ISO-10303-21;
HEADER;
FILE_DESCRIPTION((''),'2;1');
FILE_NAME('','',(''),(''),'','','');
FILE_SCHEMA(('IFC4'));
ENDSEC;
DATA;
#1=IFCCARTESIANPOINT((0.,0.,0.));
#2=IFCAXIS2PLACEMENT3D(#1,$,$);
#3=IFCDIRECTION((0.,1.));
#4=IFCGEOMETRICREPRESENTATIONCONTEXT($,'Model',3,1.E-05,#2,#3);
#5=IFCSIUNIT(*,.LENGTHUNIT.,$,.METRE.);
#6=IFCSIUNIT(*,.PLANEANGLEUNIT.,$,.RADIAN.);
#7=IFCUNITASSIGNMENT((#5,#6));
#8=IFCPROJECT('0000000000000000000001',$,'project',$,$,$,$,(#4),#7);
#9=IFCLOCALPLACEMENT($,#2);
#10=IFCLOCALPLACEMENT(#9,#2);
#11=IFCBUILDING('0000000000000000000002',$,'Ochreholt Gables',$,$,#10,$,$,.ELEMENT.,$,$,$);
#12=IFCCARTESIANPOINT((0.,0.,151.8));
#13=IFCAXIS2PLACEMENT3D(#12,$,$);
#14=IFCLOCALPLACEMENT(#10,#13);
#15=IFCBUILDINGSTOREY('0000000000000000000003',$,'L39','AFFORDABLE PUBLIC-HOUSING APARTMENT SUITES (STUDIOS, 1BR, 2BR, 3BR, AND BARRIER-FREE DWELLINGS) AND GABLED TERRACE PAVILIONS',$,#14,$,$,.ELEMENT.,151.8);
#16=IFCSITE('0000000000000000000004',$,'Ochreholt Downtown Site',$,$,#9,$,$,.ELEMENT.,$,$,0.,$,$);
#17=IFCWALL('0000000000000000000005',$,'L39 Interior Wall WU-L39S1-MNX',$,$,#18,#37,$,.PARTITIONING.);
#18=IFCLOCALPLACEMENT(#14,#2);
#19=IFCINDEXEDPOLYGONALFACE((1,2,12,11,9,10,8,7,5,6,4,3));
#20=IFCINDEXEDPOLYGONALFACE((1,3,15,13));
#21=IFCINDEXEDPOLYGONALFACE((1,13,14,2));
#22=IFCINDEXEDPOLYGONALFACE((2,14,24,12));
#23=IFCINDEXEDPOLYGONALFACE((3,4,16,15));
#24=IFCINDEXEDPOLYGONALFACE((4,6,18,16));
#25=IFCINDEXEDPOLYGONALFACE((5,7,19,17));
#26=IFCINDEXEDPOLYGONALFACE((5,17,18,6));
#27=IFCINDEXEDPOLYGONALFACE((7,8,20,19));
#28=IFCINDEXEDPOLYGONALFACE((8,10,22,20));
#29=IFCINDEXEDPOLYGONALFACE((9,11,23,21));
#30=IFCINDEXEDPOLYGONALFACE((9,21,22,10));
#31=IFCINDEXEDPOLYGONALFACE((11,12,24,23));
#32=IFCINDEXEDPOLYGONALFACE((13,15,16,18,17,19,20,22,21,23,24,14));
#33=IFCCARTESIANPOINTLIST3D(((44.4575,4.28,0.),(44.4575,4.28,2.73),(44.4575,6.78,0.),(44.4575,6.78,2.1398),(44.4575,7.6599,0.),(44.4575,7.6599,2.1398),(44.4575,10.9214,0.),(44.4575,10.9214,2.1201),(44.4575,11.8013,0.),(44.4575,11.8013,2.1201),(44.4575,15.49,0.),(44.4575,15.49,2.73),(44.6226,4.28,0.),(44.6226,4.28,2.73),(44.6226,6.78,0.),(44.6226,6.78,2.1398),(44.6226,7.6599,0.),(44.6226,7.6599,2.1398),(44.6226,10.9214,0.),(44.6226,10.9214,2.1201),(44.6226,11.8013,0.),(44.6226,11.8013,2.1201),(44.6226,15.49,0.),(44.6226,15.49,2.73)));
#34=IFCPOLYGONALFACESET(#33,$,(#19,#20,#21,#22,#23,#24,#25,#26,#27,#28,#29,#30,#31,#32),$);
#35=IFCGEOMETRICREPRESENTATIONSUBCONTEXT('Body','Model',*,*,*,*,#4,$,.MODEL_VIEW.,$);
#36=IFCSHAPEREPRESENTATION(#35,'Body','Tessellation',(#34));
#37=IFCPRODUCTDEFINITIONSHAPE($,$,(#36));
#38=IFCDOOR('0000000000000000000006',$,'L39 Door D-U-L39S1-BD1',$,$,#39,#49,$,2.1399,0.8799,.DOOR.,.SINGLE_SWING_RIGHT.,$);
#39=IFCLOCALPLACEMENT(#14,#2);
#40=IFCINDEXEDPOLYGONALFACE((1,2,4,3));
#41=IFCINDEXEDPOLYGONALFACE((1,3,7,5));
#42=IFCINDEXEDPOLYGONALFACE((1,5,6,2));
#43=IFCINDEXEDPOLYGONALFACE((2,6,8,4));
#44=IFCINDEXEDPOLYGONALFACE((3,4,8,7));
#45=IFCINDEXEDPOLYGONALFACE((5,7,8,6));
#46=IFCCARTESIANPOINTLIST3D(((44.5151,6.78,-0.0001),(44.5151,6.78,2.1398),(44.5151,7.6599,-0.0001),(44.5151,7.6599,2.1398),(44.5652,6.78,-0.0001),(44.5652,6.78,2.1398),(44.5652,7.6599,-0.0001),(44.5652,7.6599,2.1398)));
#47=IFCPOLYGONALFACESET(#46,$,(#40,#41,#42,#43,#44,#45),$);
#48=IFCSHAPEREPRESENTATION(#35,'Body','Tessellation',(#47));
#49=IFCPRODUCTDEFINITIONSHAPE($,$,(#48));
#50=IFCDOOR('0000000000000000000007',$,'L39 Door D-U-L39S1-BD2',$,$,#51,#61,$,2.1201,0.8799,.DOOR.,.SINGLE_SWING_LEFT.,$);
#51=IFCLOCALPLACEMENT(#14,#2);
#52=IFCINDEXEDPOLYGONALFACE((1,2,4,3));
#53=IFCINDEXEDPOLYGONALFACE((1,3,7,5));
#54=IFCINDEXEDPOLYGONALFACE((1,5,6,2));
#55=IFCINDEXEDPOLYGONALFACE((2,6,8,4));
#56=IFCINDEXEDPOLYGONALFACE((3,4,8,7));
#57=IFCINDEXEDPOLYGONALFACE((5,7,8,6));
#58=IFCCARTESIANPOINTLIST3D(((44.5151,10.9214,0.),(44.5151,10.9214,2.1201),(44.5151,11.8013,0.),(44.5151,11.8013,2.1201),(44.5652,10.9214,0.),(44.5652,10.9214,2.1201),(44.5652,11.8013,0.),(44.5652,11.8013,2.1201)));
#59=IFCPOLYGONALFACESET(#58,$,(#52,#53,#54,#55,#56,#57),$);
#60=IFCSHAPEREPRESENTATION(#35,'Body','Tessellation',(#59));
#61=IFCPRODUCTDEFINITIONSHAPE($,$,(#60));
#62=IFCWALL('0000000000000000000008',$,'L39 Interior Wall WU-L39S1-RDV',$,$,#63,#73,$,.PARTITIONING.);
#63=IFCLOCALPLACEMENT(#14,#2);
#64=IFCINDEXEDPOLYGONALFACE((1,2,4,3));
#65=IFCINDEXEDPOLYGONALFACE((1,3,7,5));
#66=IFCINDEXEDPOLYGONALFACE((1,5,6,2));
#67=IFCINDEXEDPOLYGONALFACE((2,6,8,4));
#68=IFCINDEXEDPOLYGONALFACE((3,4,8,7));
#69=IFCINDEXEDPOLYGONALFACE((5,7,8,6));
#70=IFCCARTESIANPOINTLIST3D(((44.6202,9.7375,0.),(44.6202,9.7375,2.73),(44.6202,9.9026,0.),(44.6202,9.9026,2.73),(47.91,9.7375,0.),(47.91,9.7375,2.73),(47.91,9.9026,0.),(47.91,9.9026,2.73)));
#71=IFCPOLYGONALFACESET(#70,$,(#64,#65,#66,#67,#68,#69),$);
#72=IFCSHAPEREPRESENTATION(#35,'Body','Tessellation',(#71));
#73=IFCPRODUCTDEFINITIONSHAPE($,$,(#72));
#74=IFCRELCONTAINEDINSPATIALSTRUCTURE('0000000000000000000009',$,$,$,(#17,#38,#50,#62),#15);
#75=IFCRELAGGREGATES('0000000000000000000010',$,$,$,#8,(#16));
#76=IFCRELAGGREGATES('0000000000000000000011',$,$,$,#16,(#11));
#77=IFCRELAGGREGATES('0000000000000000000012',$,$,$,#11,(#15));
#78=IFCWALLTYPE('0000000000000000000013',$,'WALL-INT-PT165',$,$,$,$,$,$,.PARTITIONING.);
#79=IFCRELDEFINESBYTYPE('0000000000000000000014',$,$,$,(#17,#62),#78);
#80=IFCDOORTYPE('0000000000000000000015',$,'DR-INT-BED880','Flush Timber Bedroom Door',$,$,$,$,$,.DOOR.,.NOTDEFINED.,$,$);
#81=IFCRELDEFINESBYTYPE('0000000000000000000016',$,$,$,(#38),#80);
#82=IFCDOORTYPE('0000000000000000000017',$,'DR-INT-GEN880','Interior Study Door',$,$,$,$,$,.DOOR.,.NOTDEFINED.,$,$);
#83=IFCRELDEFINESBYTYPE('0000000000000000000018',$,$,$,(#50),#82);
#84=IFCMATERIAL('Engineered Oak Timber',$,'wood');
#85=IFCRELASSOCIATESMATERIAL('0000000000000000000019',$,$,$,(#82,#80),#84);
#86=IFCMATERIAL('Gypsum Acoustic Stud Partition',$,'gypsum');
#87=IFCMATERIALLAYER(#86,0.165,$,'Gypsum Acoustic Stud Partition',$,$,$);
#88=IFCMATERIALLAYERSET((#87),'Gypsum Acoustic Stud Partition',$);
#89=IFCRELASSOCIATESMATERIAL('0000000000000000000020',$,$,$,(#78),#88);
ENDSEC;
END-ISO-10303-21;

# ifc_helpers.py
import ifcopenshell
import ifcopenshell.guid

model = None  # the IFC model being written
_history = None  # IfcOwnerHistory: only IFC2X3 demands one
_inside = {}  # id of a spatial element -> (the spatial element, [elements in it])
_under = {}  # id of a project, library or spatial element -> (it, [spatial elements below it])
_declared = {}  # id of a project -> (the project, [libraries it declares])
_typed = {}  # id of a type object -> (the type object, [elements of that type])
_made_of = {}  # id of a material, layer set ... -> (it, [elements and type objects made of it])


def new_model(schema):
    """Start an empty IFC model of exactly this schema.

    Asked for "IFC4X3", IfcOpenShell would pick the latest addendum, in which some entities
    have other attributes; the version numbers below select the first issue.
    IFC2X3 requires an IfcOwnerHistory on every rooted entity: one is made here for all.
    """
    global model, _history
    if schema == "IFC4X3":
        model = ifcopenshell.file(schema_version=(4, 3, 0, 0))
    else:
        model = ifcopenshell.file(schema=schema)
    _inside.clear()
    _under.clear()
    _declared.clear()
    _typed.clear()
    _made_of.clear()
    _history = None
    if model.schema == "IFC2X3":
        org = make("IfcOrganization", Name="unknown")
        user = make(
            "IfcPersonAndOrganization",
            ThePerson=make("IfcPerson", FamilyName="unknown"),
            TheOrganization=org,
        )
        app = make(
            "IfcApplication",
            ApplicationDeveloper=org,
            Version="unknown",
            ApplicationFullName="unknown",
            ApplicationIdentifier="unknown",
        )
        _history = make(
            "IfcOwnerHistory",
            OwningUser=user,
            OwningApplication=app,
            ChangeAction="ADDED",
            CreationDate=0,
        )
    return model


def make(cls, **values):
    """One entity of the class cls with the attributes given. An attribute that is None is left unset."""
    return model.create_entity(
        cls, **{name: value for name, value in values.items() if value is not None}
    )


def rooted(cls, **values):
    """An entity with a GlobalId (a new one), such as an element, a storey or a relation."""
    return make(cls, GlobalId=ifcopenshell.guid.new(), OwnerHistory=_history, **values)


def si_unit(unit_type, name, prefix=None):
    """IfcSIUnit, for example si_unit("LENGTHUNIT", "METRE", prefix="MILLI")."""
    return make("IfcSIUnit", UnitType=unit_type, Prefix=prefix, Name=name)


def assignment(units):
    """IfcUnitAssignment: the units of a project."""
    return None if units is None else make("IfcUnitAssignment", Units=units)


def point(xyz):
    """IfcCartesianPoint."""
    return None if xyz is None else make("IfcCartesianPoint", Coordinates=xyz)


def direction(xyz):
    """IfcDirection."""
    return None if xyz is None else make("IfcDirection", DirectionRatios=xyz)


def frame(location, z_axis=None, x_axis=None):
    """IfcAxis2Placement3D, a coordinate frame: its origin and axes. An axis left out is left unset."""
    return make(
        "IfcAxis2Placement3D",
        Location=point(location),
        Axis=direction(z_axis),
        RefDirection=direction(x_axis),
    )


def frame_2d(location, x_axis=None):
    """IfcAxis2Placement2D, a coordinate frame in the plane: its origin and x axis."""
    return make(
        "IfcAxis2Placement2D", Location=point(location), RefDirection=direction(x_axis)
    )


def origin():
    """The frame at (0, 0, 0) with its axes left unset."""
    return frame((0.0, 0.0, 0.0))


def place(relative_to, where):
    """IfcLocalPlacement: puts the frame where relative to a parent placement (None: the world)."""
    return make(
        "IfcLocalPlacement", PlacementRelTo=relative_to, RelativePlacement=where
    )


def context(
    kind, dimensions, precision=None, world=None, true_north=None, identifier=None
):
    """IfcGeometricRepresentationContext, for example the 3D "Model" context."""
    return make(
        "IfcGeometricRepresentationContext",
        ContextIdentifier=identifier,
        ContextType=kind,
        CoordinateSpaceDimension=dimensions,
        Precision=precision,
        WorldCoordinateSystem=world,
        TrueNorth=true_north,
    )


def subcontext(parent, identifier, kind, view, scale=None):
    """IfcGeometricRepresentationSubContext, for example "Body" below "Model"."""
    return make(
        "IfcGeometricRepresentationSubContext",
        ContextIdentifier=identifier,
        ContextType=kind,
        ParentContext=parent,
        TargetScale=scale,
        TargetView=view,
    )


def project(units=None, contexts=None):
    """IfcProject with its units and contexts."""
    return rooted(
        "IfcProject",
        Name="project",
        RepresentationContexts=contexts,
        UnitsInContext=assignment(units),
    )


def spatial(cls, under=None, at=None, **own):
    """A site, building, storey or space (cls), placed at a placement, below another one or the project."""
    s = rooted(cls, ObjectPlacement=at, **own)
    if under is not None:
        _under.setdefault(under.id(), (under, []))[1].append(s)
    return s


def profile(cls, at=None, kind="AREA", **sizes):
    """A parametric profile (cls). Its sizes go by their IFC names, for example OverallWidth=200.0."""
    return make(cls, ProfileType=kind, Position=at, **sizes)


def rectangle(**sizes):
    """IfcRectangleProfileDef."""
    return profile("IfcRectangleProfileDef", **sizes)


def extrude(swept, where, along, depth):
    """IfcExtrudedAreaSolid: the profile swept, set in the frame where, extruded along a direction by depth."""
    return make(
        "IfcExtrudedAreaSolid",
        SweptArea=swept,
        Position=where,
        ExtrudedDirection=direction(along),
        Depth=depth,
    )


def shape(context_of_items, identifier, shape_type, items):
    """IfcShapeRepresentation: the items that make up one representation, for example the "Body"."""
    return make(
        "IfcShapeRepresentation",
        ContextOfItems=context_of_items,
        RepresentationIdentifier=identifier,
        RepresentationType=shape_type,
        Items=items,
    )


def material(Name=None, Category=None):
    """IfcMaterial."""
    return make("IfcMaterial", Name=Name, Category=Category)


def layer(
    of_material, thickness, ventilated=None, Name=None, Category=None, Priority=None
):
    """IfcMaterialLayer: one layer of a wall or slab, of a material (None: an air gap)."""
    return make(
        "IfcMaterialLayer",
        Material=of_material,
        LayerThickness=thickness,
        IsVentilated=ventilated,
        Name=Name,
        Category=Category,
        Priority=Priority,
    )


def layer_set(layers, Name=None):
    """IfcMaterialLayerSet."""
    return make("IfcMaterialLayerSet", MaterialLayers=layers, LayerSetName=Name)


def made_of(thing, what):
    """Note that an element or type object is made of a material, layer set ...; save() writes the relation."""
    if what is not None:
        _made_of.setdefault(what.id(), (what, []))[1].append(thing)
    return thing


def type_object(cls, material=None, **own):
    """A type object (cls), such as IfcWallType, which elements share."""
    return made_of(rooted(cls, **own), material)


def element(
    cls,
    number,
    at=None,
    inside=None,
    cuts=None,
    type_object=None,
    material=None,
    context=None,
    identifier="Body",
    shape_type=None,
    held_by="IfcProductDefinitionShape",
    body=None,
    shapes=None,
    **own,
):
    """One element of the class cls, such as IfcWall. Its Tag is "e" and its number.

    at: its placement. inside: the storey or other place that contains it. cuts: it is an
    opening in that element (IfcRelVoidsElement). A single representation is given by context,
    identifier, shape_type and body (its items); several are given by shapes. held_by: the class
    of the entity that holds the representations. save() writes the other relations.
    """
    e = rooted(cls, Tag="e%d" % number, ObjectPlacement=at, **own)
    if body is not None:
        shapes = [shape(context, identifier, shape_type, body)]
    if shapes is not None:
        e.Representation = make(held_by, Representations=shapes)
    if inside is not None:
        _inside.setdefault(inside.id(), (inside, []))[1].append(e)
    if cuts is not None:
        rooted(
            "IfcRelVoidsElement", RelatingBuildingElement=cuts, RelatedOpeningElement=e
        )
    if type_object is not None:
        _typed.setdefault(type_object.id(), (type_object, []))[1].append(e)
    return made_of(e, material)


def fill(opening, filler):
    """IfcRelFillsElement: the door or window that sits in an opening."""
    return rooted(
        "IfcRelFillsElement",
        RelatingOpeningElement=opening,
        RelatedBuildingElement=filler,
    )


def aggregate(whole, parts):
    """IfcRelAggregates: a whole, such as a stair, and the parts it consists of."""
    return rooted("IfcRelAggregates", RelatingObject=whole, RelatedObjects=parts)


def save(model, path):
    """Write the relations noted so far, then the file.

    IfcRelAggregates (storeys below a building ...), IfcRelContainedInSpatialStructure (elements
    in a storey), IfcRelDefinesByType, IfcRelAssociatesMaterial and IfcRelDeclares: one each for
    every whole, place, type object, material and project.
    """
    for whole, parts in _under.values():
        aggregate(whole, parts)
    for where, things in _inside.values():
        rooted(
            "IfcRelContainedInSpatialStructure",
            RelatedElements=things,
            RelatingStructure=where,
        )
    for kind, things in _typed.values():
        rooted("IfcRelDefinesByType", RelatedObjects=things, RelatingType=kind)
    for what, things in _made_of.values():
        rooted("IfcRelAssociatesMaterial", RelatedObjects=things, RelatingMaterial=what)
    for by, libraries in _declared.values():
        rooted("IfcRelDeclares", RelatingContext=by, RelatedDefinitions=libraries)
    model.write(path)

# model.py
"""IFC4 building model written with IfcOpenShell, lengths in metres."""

from ifc_helpers import new_model, si_unit, direction, frame, frame_2d, origin, place, context, subcontext, project, spatial, rectangle, extrude, material, layer, layer_set, type_object, element, fill, save


model = new_model("IFC4")

# Units and contexts
model_context = context("Model", 3, precision=1e-05, world=origin(), true_north=direction((0.0, 1.0)))
body_context = subcontext(model_context, "Body", "Model", "MODEL_VIEW")
ifc_project = project(units=[si_unit("LENGTHUNIT", "METRE"), si_unit("PLANEANGLEUNIT", "RADIAN")], contexts=[model_context])

# Site, building, storey
site_placement = place(None, origin())
site = spatial("IfcSite", under=ifc_project, at=site_placement, Name="Ochreholt Downtown Site", CompositionType="ELEMENT", RefElevation=0.0)
building_placement = place(site_placement, origin())
building = spatial("IfcBuilding", under=site, at=building_placement, Name="Ochreholt Gables", CompositionType="ELEMENT")
storey_placement = place(building_placement, frame((0.0, 0.0, 151.8)))
storey = spatial("IfcBuildingStorey", under=building, at=storey_placement, Name="L39", Description="AFFORDABLE PUBLIC-HOUSING APARTMENT SUITES (STUDIOS, 1BR, 2BR, 3BR, AND BARRIER-FREE DWELLINGS) AND GABLED TERRACE PAVILIONS", CompositionType="ELEMENT", Elevation=151.8)

# Shared definitions
ifc_material_1 = material(Name="Engineered Oak Timber", Category="wood")
door_type_1 = type_object("IfcDoorType", Name="DR-INT-GEN880", Description="Interior Study Door", OperationType="NOTDEFINED", PredefinedType="DOOR", material=ifc_material_1)

# Shared definitions
ifc_material_2 = material(Name="Gypsum Acoustic Stud Partition", Category="gypsum")
ifc_layer_1 = layer(ifc_material_2, 0.165, Name="Gypsum Acoustic Stud Partition")
ifc_layer_set_1 = layer_set([ifc_layer_1], Name="Gypsum Acoustic Stud Partition")
wall_type_1 = type_object("IfcWallType", Name="WALL-INT-PT165", PredefinedType="PARTITIONING", material=ifc_layer_set_1)

# Wall, openings, doors
wall_1_placement = place(storey_placement, frame((44.54, 4.28, 0.0), z_axis=(0.0, 0.0, 1.0), x_axis=(0.0, 1.0, 0.0)))
wall_1 = element("IfcWall", 1, at=wall_1_placement, inside=storey, type_object=wall_type_1, Name="L39 Interior Wall WU-L39S1-MNX", PredefinedType="PARTITIONING", context=body_context, shape_type="SweptSolid", body=[
    extrude(rectangle(XDim=11.21, YDim=0.165, at=frame_2d((5.605, 0.0))), origin(), (0.0, 0.0, 1.0), 2.73),
])
opening_1_placement = place(wall_1_placement, frame((2.5, 0.0, 0.0)))
opening_1 = element("IfcOpeningElement", 2, at=opening_1_placement, cuts=wall_1, PredefinedType="OPENING", context=body_context, shape_type="SweptSolid", body=[
    extrude(rectangle(XDim=0.8799, YDim=2.1399, at=frame_2d((0.4399, 1.0698))), frame((0.0, 0.0925, 0.0), z_axis=(0.0, -1.0, 0.0), x_axis=(1.0, 0.0, 0.0)), (0.0, 0.0, 1.0), 0.1851),
])
opening_2_placement = place(wall_1_placement, frame((6.6414, 0.0, 0.0)))
opening_2 = element("IfcOpeningElement", 3, at=opening_2_placement, cuts=wall_1, PredefinedType="OPENING", context=body_context, shape_type="SweptSolid", body=[
    extrude(rectangle(XDim=0.8799, YDim=2.1201, at=frame_2d((0.4399, 1.0601))), frame((0.0, 0.0925, 0.0), z_axis=(0.0, -1.0, 0.0), x_axis=(1.0, 0.0, 0.0)), (0.0, 0.0, 1.0), 0.1851),
])
door_type_2 = type_object("IfcDoorType", Name="DR-INT-BED880", Description="Flush Timber Bedroom Door", OperationType="NOTDEFINED", PredefinedType="DOOR", material=ifc_material_1)
door_1_placement = place(opening_1_placement, origin())
door_1 = element("IfcDoor", 4, at=door_1_placement, inside=storey, type_object=door_type_2, Name="L39 Door D-U-L39S1-BD1", OperationType="SINGLE_SWING_RIGHT", OverallHeight=2.1399, OverallWidth=0.8799, PredefinedType="DOOR", context=body_context, shape_type="SweptSolid", body=[
    extrude(rectangle(XDim=0.8799, YDim=2.1399, at=frame_2d((0.4399, 1.0698))), frame((0.0, 0.0249, 0.0), z_axis=(0.0, -1.0, 0.0), x_axis=(1.0, 0.0, 0.0)), (0.0, 0.0, 1.0), 0.05),
])
fill(opening_1, door_1)
door_2_placement = place(opening_2_placement, origin())
door_2 = element("IfcDoor", 5, at=door_2_placement, inside=storey, type_object=door_type_1, Name="L39 Door D-U-L39S1-BD2", OperationType="SINGLE_SWING_LEFT", OverallHeight=2.1201, OverallWidth=0.8799, PredefinedType="DOOR", context=body_context, shape_type="SweptSolid", body=[
    extrude(rectangle(XDim=0.8799, YDim=2.1201, at=frame_2d((0.4399, 1.0601))), frame((0.0, 0.0249, 0.0), z_axis=(0.0, -1.0, 0.0), x_axis=(1.0, 0.0, 0.0)), (0.0, 0.0, 1.0), 0.05),
])
fill(opening_2, door_2)

# Wall
wall_2_placement = place(storey_placement, frame((44.6201, 9.8201, 0.0), z_axis=(0.0, 0.0, 1.0), x_axis=(1.0, 0.0, 0.0)))
element("IfcWall", 6, at=wall_2_placement, inside=storey, type_object=wall_type_1, Name="L39 Interior Wall WU-L39S1-RDV", PredefinedType="PARTITIONING", context=body_context, shape_type="SweptSolid", body=[
    extrude(rectangle(XDim=3.2898, YDim=0.165, at=frame_2d((1.645, 0.0))), origin(), (0.0, 0.0, 1.0), 2.73),
])

save(model, "model.ifc")
